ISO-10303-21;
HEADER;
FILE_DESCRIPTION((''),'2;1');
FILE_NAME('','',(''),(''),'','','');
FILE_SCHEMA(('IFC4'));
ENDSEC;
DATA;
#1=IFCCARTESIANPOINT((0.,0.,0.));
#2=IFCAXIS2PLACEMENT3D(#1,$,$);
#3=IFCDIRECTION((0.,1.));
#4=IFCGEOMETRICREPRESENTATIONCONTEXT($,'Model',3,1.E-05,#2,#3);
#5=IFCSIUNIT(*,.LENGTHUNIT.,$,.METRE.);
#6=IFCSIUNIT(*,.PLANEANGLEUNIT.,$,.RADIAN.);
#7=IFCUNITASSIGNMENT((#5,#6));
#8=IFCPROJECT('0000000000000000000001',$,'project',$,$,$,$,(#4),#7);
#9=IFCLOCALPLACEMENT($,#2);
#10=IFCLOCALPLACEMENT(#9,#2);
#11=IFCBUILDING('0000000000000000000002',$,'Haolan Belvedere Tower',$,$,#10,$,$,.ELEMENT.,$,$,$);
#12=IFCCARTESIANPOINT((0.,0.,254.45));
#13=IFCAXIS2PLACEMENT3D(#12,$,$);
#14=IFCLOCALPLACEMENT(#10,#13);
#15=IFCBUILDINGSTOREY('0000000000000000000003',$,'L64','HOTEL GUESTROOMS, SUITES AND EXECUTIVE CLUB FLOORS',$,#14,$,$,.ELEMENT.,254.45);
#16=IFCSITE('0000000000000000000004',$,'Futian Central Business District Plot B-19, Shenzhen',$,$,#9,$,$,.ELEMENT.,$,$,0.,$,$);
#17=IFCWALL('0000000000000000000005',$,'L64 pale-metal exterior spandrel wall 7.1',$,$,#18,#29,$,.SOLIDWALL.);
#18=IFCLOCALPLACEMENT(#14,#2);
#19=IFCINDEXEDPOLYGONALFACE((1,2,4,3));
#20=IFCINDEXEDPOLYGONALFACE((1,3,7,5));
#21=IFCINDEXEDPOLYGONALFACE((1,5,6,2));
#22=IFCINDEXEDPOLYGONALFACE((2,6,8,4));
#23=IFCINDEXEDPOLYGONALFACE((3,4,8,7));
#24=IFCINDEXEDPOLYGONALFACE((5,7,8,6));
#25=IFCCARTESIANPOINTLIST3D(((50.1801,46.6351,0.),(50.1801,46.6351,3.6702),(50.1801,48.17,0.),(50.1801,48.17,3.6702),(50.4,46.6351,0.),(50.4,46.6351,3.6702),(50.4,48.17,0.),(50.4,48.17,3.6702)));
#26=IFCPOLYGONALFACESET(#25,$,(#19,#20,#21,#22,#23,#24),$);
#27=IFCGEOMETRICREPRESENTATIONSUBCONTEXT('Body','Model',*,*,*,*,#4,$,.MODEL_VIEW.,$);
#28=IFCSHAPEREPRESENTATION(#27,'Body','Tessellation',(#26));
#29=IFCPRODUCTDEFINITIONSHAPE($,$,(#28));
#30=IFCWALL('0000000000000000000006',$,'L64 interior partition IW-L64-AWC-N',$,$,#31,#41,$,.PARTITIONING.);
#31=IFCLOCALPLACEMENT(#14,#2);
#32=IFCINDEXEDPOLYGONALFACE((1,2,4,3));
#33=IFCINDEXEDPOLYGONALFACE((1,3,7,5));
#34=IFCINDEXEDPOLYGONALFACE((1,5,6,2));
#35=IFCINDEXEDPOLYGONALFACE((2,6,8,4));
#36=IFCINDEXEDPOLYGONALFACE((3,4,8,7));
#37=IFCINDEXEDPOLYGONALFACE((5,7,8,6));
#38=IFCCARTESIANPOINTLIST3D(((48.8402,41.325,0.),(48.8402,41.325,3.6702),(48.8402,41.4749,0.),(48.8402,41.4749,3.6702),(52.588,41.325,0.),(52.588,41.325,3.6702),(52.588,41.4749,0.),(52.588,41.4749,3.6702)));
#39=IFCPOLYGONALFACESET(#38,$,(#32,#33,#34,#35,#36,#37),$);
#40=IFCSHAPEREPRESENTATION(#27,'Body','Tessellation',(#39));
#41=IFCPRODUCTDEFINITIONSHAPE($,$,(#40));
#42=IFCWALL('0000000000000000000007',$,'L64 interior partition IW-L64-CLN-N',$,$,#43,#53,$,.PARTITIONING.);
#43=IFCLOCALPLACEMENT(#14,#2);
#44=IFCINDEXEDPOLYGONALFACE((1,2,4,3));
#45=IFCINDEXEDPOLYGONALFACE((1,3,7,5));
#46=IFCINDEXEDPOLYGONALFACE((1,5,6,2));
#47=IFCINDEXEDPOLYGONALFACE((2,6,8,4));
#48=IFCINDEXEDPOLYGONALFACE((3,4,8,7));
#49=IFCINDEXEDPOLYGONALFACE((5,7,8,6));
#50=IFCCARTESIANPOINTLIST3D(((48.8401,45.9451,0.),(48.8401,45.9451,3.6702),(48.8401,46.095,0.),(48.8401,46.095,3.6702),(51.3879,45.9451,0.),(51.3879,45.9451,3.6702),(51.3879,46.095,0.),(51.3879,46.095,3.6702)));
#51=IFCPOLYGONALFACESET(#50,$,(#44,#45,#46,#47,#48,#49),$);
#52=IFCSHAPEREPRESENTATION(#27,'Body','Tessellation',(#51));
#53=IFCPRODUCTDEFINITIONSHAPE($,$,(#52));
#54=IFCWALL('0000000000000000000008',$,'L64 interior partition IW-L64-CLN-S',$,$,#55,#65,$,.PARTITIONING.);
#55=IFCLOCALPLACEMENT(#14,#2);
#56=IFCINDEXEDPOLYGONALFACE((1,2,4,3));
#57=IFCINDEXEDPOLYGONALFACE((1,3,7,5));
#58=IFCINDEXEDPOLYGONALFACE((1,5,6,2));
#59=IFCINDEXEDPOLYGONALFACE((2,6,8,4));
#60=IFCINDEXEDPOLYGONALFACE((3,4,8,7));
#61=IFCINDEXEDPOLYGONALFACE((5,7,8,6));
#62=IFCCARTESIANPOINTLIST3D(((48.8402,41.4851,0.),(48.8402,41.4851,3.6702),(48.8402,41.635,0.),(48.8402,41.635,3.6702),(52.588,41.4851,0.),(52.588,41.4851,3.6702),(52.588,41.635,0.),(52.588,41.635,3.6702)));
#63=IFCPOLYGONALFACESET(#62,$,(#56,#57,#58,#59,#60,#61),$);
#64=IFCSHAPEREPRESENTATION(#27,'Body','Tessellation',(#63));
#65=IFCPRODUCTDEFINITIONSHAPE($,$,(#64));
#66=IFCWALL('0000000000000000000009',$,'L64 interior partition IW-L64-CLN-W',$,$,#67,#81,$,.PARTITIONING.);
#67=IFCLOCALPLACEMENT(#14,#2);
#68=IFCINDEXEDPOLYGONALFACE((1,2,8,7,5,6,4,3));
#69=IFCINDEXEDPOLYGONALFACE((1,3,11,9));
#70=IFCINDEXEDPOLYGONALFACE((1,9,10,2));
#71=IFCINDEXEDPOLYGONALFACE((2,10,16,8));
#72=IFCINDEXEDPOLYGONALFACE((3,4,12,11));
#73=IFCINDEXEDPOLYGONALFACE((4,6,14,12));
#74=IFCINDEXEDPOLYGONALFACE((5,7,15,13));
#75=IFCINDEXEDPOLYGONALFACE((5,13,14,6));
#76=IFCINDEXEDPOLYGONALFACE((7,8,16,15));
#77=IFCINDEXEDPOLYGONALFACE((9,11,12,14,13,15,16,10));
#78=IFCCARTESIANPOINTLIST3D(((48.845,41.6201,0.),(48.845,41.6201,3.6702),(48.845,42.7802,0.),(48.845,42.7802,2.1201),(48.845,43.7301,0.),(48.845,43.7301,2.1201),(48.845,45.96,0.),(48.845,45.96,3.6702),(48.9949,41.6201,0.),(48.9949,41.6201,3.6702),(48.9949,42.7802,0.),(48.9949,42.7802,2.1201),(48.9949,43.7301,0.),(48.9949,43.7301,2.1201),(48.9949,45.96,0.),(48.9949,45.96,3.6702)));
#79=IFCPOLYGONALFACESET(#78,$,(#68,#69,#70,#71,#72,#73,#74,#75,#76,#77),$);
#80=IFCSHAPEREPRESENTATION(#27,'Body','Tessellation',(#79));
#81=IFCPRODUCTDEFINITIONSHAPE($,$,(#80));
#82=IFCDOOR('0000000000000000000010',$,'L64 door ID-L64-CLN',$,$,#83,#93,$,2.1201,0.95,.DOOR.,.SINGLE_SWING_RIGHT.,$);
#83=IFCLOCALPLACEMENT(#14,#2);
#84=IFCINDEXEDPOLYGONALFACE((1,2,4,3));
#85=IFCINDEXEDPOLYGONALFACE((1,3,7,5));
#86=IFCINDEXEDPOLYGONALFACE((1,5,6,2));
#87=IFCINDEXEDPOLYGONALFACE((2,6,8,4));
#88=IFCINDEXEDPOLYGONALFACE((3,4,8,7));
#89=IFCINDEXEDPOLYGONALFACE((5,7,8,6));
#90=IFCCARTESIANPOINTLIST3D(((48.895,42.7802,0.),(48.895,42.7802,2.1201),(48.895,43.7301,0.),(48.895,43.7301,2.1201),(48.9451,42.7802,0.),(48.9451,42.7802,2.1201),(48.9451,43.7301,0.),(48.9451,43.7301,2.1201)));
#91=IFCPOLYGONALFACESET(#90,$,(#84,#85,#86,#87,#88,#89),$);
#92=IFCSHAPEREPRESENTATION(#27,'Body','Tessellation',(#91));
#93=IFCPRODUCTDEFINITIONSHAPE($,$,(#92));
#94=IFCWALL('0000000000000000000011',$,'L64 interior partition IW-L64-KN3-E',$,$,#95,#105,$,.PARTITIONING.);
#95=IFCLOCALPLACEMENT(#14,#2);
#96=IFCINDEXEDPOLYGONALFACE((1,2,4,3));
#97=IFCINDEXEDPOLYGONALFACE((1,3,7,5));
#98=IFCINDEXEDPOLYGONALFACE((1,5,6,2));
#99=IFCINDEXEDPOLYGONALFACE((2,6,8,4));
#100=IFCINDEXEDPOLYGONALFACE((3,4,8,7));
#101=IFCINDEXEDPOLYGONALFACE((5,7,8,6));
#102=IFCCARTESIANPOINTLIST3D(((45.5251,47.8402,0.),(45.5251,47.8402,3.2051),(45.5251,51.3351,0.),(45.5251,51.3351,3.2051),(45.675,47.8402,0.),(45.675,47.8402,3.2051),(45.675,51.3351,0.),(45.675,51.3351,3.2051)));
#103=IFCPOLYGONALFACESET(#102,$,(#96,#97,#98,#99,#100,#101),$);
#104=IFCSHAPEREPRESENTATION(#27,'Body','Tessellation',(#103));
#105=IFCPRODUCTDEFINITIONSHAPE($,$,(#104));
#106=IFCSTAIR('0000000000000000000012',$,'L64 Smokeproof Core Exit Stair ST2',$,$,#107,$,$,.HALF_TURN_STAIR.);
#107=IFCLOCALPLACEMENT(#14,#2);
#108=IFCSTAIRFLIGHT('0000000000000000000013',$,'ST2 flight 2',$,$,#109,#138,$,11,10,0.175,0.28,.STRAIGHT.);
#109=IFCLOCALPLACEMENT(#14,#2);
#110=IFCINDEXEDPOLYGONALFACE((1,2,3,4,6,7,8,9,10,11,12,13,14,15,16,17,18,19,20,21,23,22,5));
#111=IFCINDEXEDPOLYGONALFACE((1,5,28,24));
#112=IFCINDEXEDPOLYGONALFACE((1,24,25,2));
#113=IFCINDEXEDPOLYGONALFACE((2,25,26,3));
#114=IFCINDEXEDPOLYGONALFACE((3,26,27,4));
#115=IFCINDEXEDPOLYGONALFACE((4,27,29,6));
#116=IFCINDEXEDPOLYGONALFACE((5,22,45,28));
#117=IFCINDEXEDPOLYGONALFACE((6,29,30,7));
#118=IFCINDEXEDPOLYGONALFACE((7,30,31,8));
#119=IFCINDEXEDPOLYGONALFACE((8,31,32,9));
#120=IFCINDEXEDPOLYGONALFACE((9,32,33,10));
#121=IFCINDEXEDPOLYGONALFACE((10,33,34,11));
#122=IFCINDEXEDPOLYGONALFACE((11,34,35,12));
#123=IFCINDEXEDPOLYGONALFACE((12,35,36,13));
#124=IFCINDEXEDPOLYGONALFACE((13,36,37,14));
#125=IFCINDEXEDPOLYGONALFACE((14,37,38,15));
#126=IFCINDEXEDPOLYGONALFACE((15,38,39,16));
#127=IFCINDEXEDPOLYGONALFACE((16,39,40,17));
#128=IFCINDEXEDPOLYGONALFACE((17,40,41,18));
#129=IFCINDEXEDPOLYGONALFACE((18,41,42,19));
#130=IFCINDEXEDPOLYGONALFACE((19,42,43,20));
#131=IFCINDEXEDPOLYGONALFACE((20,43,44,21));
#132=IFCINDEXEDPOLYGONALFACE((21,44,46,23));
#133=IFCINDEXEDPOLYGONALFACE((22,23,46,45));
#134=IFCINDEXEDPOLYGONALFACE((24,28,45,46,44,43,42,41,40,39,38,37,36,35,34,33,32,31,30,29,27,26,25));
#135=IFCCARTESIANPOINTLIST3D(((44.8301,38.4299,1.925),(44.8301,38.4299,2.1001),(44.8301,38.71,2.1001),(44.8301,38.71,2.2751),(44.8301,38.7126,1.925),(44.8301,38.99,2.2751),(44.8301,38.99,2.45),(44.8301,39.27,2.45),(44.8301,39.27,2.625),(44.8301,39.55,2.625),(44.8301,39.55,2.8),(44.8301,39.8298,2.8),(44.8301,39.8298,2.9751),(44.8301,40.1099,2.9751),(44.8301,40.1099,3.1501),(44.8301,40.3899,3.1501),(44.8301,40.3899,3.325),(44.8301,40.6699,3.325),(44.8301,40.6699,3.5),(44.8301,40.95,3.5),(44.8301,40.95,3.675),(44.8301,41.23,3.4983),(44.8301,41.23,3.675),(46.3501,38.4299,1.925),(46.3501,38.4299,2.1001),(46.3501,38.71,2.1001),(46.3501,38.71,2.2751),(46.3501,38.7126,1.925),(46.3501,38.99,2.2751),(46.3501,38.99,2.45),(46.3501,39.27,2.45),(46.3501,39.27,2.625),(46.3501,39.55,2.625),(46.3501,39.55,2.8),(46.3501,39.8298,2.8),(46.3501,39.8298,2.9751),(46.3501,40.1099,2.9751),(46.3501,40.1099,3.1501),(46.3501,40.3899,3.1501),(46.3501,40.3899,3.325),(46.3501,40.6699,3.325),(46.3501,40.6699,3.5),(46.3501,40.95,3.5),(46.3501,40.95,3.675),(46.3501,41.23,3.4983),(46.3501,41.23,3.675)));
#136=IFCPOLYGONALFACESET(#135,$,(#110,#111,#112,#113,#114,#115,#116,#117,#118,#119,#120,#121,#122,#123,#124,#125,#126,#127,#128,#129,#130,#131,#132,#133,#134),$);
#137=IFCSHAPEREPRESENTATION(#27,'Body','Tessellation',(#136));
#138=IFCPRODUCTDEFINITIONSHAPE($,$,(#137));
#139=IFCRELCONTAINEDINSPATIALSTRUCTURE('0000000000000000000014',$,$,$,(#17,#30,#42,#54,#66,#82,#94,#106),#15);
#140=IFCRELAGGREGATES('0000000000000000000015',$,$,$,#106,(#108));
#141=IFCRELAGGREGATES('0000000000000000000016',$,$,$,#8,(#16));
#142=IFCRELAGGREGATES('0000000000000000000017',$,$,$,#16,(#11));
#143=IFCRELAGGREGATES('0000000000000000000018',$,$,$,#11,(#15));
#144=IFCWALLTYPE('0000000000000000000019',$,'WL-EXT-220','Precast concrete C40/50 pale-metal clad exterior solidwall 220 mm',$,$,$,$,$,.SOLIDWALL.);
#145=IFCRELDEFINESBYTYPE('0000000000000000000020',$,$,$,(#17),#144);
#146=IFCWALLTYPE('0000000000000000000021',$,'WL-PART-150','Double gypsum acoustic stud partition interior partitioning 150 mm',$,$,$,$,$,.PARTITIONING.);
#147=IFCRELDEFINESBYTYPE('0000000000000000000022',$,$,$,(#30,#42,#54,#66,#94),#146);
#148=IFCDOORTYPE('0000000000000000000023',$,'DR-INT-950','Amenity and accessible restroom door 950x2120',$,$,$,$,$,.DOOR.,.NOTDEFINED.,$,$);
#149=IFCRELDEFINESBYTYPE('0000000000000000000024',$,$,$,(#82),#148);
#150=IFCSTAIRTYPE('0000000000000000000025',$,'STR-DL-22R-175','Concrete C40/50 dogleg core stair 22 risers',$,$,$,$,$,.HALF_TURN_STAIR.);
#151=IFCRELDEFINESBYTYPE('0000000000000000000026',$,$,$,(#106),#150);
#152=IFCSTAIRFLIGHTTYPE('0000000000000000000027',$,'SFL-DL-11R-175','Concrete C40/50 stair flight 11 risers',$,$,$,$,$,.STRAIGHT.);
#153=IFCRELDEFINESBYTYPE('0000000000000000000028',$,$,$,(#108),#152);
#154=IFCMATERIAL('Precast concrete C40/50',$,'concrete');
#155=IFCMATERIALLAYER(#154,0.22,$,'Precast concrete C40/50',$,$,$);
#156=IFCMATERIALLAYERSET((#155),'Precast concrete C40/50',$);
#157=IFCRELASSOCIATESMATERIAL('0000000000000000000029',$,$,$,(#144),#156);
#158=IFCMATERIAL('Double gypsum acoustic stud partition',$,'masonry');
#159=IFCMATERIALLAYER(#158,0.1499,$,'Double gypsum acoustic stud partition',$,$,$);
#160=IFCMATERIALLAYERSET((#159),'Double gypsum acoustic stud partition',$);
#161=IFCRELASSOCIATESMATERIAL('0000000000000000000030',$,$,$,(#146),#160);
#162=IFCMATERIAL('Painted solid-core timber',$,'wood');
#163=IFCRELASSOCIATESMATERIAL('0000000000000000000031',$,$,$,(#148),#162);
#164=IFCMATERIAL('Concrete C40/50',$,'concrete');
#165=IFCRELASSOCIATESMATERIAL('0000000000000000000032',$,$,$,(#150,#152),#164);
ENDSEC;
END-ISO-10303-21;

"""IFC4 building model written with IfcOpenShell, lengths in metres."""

from ifc_helpers import new_model, si_unit, direction, frame, frame_2d, origin, place, context, subcontext, project, spatial, polyline, rectangle, outline, extrude, material, layer, layer_set, type_object, element, fill, aggregate, save


model = new_model("IFC4")

# Units and contexts
model_context = context("Model", 3, precision=1e-05, world=origin(), true_north=direction((0.0, 1.0)))
body_context = subcontext(model_context, "Body", "Model", "MODEL_VIEW")
ifc_project = project(units=[si_unit("LENGTHUNIT", "METRE"), si_unit("PLANEANGLEUNIT", "RADIAN")], contexts=[model_context])

# Site, building, storey
site_placement = place(None, origin())
site = spatial("IfcSite", under=ifc_project, at=site_placement, Name="Futian Central Business District Plot B-19, Shenzhen", CompositionType="ELEMENT", RefElevation=0.0)
building_placement = place(site_placement, origin())
building = spatial("IfcBuilding", under=site, at=building_placement, Name="Haolan Belvedere Tower", CompositionType="ELEMENT")
storey_placement = place(building_placement, frame((0.0, 0.0, 254.45)))
storey = spatial("IfcBuildingStorey", under=building, at=storey_placement, Name="L64", Description="HOTEL GUESTROOMS, SUITES AND EXECUTIVE CLUB FLOORS", CompositionType="ELEMENT", Elevation=254.45)

# Shared definitions
ifc_material_1 = material(Name="Precast concrete C40/50", Category="concrete")
ifc_layer_1 = layer(ifc_material_1, 0.22, Name="Precast concrete C40/50")
ifc_layer_set_1 = layer_set([ifc_layer_1], Name="Precast concrete C40/50")
wall_type_1 = type_object("IfcWallType", Name="WL-EXT-220", Description="Precast concrete C40/50 pale-metal clad exterior solidwall 220 mm", PredefinedType="SOLIDWALL", material=ifc_layer_set_1)

# Wall
wall_1_placement = place(storey_placement, frame((50.29, 46.635, 0.0), z_axis=(0.0, 0.0, 1.0), x_axis=(0.0, 1.0, 0.0)))
element("IfcWall", 1, at=wall_1_placement, inside=storey, type_object=wall_type_1, Name="L64 pale-metal exterior spandrel wall 7.1", PredefinedType="SOLIDWALL", context=body_context, shape_type="SweptSolid", body=[
    extrude(rectangle(XDim=1.5349, YDim=0.22, at=frame_2d((0.7676, 0.0))), origin(), (0.0, 0.0, 1.0), 3.6702),
])

# Shared definitions
ifc_material_2 = material(Name="Concrete C40/50", Category="concrete")

# Walls
ifc_material_3 = material(Name="Double gypsum acoustic stud partition", Category="masonry")
ifc_layer_2 = layer(ifc_material_3, 0.1499, Name="Double gypsum acoustic stud partition")
ifc_layer_set_2 = layer_set([ifc_layer_2], Name="Double gypsum acoustic stud partition")
wall_type_2 = type_object("IfcWallType", Name="WL-PART-150", Description="Double gypsum acoustic stud partition interior partitioning 150 mm", PredefinedType="PARTITIONING", material=ifc_layer_set_2)
wall_2_placement = place(storey_placement, frame((48.8401, 41.3999, 0.0), z_axis=(0.0, 0.0, 1.0), x_axis=(1.0, 0.0, 0.0)))
element("IfcWall", 2, at=wall_2_placement, inside=storey, type_object=wall_type_2, Name="L64 interior partition IW-L64-AWC-N", PredefinedType="PARTITIONING", context=body_context, shape_type="SweptSolid", body=[
    extrude(rectangle(XDim=3.7478, YDim=0.1499, at=frame_2d((1.874, 0.0))), origin(), (0.0, 0.0, 1.0), 3.6702),
])
wall_3_placement = place(storey_placement, frame((48.8401, 46.02, 0.0), z_axis=(0.0, 0.0, 1.0), x_axis=(1.0, 0.0, 0.0)))
element("IfcWall", 3, at=wall_3_placement, inside=storey, type_object=wall_type_2, Name="L64 interior partition IW-L64-CLN-N", PredefinedType="PARTITIONING", context=body_context, shape_type="SweptSolid", body=[
    extrude(rectangle(XDim=2.5479, YDim=0.1499, at=frame_2d((1.2739, 0.0))), origin(), (0.0, 0.0, 1.0), 3.6702),
])
wall_4_placement = place(storey_placement, frame((48.8401, 41.5601, 0.0), z_axis=(0.0, 0.0, 1.0), x_axis=(1.0, 0.0, 0.0)))
element("IfcWall", 4, at=wall_4_placement, inside=storey, type_object=wall_type_2, Name="L64 interior partition IW-L64-CLN-S", PredefinedType="PARTITIONING", context=body_context, shape_type="SweptSolid", body=[
    extrude(rectangle(XDim=3.7478, YDim=0.1499, at=frame_2d((1.874, 0.0))), origin(), (0.0, 0.0, 1.0), 3.6702),
])

# Wall, opening, door
wall_5_placement = place(storey_placement, frame((48.9199, 41.6201, 0.0), z_axis=(0.0, 0.0, 1.0), x_axis=(0.0, 1.0, 0.0)))
wall_5 = element("IfcWall", 5, at=wall_5_placement, inside=storey, type_object=wall_type_2, Name="L64 interior partition IW-L64-CLN-W", PredefinedType="PARTITIONING", context=body_context, shape_type="SweptSolid", body=[
    extrude(rectangle(XDim=4.3398, YDim=0.1499, at=frame_2d((2.1699, 0.0))), origin(), (0.0, 0.0, 1.0), 3.6702),
])
opening_1_placement = place(wall_5_placement, frame((1.1599, 0.0, 0.0)))
opening_1 = element("IfcOpeningElement", 6, at=opening_1_placement, cuts=wall_5, PredefinedType="OPENING", context=body_context, shape_type="SweptSolid", body=[
    extrude(rectangle(XDim=0.95, YDim=2.1201, at=frame_2d((0.4751, 1.0601))), frame((0.0, 0.085, 0.0), z_axis=(0.0, -1.0, 0.0), x_axis=(1.0, 0.0, 0.0)), (0.0, 0.0, 1.0), 0.1699),
])
ifc_material_4 = material(Name="Painted solid-core timber", Category="wood")
door_type_1 = type_object("IfcDoorType", Name="DR-INT-950", Description="Amenity and accessible restroom door 950x2120", OperationType="NOTDEFINED", PredefinedType="DOOR", material=ifc_material_4)
door_1_placement = place(opening_1_placement, origin())
door_1 = element("IfcDoor", 7, at=door_1_placement, inside=storey, type_object=door_type_1, Name="L64 door ID-L64-CLN", OperationType="SINGLE_SWING_RIGHT", OverallHeight=2.1201, OverallWidth=0.95, PredefinedType="DOOR", context=body_context, shape_type="SweptSolid", body=[
    extrude(rectangle(XDim=0.95, YDim=2.1201, at=frame_2d((0.4751, 1.0601))), frame((0.0, 0.0249, 0.0), z_axis=(0.0, -1.0, 0.0), x_axis=(1.0, 0.0, 0.0)), (0.0, 0.0, 1.0), 0.05),
])
fill(opening_1, door_1)

# Wall
wall_6_placement = place(storey_placement, frame((45.6001, 47.8401, 0.0), z_axis=(0.0, 0.0, 1.0), x_axis=(0.0, 1.0, 0.0)))
element("IfcWall", 8, at=wall_6_placement, inside=storey, type_object=wall_type_2, Name="L64 interior partition IW-L64-KN3-E", PredefinedType="PARTITIONING", context=body_context, shape_type="SweptSolid", body=[
    extrude(rectangle(XDim=3.4949, YDim=0.1499, at=frame_2d((1.7476, 0.0))), origin(), (0.0, 0.0, 1.0), 3.2051),
])

# Stair, stair flight
stair_type = type_object("IfcStairType", Name="STR-DL-22R-175", Description="Concrete C40/50 dogleg core stair 22 risers", PredefinedType="HALF_TURN_STAIR", material=ifc_material_2)
stair_placement = place(storey_placement, origin())
stair = element("IfcStair", 9, at=stair_placement, inside=storey, type_object=stair_type, Name="L64 Smokeproof Core Exit Stair ST2", PredefinedType="HALF_TURN_STAIR")
stair_flight_type = type_object("IfcStairFlightType", Name="SFL-DL-11R-175", Description="Concrete C40/50 stair flight 11 risers", PredefinedType="STRAIGHT", material=ifc_material_2)
stair_flight_placement = place(storey_placement, frame((45.5901, 38.4299, 1.925), z_axis=(0.0, 0.0, 1.0), x_axis=(0.0, 1.0, 0.0)))
stair_flight = element("IfcStairFlight", 10, at=stair_flight_placement, type_object=stair_flight_type, Name="ST2 flight 2", NumberOfRisers=11, NumberOfTreads=10, PredefinedType="STRAIGHT", RiserHeight=0.175, TreadLength=0.28, context=body_context, shape_type="SweptSolid", body=[
    extrude(outline(polyline([(0.0, 0.0), (0.0, 0.175), (0.28, 0.175), (0.28, 0.3501), (0.5601, 0.3501), (0.5601, 0.5249), (0.8401, 0.5249), (0.8401, 0.7), (1.1201, 0.7), (1.1201, 0.875), (1.3999, 0.875), (1.3999, 1.05), (1.6799, 1.05), (1.6799, 1.2251), (1.96, 1.2251), (1.96, 1.3999), (2.24, 1.3999), (2.24, 1.575), (2.52, 1.575), (2.52, 1.75), (2.8, 1.75), (2.8, 1.925), (2.8, 1.5732), (0.2827, 0.0), (0.0, 0.0)])), frame((0.0, 0.76, 0.0), z_axis=(0.0, -1.0, 0.0), x_axis=(1.0, 0.0, 0.0)), (0.0, 0.0, 1.0), 1.52),
])
aggregate(stair, [stair_flight])

save(model, "model.ifc")
